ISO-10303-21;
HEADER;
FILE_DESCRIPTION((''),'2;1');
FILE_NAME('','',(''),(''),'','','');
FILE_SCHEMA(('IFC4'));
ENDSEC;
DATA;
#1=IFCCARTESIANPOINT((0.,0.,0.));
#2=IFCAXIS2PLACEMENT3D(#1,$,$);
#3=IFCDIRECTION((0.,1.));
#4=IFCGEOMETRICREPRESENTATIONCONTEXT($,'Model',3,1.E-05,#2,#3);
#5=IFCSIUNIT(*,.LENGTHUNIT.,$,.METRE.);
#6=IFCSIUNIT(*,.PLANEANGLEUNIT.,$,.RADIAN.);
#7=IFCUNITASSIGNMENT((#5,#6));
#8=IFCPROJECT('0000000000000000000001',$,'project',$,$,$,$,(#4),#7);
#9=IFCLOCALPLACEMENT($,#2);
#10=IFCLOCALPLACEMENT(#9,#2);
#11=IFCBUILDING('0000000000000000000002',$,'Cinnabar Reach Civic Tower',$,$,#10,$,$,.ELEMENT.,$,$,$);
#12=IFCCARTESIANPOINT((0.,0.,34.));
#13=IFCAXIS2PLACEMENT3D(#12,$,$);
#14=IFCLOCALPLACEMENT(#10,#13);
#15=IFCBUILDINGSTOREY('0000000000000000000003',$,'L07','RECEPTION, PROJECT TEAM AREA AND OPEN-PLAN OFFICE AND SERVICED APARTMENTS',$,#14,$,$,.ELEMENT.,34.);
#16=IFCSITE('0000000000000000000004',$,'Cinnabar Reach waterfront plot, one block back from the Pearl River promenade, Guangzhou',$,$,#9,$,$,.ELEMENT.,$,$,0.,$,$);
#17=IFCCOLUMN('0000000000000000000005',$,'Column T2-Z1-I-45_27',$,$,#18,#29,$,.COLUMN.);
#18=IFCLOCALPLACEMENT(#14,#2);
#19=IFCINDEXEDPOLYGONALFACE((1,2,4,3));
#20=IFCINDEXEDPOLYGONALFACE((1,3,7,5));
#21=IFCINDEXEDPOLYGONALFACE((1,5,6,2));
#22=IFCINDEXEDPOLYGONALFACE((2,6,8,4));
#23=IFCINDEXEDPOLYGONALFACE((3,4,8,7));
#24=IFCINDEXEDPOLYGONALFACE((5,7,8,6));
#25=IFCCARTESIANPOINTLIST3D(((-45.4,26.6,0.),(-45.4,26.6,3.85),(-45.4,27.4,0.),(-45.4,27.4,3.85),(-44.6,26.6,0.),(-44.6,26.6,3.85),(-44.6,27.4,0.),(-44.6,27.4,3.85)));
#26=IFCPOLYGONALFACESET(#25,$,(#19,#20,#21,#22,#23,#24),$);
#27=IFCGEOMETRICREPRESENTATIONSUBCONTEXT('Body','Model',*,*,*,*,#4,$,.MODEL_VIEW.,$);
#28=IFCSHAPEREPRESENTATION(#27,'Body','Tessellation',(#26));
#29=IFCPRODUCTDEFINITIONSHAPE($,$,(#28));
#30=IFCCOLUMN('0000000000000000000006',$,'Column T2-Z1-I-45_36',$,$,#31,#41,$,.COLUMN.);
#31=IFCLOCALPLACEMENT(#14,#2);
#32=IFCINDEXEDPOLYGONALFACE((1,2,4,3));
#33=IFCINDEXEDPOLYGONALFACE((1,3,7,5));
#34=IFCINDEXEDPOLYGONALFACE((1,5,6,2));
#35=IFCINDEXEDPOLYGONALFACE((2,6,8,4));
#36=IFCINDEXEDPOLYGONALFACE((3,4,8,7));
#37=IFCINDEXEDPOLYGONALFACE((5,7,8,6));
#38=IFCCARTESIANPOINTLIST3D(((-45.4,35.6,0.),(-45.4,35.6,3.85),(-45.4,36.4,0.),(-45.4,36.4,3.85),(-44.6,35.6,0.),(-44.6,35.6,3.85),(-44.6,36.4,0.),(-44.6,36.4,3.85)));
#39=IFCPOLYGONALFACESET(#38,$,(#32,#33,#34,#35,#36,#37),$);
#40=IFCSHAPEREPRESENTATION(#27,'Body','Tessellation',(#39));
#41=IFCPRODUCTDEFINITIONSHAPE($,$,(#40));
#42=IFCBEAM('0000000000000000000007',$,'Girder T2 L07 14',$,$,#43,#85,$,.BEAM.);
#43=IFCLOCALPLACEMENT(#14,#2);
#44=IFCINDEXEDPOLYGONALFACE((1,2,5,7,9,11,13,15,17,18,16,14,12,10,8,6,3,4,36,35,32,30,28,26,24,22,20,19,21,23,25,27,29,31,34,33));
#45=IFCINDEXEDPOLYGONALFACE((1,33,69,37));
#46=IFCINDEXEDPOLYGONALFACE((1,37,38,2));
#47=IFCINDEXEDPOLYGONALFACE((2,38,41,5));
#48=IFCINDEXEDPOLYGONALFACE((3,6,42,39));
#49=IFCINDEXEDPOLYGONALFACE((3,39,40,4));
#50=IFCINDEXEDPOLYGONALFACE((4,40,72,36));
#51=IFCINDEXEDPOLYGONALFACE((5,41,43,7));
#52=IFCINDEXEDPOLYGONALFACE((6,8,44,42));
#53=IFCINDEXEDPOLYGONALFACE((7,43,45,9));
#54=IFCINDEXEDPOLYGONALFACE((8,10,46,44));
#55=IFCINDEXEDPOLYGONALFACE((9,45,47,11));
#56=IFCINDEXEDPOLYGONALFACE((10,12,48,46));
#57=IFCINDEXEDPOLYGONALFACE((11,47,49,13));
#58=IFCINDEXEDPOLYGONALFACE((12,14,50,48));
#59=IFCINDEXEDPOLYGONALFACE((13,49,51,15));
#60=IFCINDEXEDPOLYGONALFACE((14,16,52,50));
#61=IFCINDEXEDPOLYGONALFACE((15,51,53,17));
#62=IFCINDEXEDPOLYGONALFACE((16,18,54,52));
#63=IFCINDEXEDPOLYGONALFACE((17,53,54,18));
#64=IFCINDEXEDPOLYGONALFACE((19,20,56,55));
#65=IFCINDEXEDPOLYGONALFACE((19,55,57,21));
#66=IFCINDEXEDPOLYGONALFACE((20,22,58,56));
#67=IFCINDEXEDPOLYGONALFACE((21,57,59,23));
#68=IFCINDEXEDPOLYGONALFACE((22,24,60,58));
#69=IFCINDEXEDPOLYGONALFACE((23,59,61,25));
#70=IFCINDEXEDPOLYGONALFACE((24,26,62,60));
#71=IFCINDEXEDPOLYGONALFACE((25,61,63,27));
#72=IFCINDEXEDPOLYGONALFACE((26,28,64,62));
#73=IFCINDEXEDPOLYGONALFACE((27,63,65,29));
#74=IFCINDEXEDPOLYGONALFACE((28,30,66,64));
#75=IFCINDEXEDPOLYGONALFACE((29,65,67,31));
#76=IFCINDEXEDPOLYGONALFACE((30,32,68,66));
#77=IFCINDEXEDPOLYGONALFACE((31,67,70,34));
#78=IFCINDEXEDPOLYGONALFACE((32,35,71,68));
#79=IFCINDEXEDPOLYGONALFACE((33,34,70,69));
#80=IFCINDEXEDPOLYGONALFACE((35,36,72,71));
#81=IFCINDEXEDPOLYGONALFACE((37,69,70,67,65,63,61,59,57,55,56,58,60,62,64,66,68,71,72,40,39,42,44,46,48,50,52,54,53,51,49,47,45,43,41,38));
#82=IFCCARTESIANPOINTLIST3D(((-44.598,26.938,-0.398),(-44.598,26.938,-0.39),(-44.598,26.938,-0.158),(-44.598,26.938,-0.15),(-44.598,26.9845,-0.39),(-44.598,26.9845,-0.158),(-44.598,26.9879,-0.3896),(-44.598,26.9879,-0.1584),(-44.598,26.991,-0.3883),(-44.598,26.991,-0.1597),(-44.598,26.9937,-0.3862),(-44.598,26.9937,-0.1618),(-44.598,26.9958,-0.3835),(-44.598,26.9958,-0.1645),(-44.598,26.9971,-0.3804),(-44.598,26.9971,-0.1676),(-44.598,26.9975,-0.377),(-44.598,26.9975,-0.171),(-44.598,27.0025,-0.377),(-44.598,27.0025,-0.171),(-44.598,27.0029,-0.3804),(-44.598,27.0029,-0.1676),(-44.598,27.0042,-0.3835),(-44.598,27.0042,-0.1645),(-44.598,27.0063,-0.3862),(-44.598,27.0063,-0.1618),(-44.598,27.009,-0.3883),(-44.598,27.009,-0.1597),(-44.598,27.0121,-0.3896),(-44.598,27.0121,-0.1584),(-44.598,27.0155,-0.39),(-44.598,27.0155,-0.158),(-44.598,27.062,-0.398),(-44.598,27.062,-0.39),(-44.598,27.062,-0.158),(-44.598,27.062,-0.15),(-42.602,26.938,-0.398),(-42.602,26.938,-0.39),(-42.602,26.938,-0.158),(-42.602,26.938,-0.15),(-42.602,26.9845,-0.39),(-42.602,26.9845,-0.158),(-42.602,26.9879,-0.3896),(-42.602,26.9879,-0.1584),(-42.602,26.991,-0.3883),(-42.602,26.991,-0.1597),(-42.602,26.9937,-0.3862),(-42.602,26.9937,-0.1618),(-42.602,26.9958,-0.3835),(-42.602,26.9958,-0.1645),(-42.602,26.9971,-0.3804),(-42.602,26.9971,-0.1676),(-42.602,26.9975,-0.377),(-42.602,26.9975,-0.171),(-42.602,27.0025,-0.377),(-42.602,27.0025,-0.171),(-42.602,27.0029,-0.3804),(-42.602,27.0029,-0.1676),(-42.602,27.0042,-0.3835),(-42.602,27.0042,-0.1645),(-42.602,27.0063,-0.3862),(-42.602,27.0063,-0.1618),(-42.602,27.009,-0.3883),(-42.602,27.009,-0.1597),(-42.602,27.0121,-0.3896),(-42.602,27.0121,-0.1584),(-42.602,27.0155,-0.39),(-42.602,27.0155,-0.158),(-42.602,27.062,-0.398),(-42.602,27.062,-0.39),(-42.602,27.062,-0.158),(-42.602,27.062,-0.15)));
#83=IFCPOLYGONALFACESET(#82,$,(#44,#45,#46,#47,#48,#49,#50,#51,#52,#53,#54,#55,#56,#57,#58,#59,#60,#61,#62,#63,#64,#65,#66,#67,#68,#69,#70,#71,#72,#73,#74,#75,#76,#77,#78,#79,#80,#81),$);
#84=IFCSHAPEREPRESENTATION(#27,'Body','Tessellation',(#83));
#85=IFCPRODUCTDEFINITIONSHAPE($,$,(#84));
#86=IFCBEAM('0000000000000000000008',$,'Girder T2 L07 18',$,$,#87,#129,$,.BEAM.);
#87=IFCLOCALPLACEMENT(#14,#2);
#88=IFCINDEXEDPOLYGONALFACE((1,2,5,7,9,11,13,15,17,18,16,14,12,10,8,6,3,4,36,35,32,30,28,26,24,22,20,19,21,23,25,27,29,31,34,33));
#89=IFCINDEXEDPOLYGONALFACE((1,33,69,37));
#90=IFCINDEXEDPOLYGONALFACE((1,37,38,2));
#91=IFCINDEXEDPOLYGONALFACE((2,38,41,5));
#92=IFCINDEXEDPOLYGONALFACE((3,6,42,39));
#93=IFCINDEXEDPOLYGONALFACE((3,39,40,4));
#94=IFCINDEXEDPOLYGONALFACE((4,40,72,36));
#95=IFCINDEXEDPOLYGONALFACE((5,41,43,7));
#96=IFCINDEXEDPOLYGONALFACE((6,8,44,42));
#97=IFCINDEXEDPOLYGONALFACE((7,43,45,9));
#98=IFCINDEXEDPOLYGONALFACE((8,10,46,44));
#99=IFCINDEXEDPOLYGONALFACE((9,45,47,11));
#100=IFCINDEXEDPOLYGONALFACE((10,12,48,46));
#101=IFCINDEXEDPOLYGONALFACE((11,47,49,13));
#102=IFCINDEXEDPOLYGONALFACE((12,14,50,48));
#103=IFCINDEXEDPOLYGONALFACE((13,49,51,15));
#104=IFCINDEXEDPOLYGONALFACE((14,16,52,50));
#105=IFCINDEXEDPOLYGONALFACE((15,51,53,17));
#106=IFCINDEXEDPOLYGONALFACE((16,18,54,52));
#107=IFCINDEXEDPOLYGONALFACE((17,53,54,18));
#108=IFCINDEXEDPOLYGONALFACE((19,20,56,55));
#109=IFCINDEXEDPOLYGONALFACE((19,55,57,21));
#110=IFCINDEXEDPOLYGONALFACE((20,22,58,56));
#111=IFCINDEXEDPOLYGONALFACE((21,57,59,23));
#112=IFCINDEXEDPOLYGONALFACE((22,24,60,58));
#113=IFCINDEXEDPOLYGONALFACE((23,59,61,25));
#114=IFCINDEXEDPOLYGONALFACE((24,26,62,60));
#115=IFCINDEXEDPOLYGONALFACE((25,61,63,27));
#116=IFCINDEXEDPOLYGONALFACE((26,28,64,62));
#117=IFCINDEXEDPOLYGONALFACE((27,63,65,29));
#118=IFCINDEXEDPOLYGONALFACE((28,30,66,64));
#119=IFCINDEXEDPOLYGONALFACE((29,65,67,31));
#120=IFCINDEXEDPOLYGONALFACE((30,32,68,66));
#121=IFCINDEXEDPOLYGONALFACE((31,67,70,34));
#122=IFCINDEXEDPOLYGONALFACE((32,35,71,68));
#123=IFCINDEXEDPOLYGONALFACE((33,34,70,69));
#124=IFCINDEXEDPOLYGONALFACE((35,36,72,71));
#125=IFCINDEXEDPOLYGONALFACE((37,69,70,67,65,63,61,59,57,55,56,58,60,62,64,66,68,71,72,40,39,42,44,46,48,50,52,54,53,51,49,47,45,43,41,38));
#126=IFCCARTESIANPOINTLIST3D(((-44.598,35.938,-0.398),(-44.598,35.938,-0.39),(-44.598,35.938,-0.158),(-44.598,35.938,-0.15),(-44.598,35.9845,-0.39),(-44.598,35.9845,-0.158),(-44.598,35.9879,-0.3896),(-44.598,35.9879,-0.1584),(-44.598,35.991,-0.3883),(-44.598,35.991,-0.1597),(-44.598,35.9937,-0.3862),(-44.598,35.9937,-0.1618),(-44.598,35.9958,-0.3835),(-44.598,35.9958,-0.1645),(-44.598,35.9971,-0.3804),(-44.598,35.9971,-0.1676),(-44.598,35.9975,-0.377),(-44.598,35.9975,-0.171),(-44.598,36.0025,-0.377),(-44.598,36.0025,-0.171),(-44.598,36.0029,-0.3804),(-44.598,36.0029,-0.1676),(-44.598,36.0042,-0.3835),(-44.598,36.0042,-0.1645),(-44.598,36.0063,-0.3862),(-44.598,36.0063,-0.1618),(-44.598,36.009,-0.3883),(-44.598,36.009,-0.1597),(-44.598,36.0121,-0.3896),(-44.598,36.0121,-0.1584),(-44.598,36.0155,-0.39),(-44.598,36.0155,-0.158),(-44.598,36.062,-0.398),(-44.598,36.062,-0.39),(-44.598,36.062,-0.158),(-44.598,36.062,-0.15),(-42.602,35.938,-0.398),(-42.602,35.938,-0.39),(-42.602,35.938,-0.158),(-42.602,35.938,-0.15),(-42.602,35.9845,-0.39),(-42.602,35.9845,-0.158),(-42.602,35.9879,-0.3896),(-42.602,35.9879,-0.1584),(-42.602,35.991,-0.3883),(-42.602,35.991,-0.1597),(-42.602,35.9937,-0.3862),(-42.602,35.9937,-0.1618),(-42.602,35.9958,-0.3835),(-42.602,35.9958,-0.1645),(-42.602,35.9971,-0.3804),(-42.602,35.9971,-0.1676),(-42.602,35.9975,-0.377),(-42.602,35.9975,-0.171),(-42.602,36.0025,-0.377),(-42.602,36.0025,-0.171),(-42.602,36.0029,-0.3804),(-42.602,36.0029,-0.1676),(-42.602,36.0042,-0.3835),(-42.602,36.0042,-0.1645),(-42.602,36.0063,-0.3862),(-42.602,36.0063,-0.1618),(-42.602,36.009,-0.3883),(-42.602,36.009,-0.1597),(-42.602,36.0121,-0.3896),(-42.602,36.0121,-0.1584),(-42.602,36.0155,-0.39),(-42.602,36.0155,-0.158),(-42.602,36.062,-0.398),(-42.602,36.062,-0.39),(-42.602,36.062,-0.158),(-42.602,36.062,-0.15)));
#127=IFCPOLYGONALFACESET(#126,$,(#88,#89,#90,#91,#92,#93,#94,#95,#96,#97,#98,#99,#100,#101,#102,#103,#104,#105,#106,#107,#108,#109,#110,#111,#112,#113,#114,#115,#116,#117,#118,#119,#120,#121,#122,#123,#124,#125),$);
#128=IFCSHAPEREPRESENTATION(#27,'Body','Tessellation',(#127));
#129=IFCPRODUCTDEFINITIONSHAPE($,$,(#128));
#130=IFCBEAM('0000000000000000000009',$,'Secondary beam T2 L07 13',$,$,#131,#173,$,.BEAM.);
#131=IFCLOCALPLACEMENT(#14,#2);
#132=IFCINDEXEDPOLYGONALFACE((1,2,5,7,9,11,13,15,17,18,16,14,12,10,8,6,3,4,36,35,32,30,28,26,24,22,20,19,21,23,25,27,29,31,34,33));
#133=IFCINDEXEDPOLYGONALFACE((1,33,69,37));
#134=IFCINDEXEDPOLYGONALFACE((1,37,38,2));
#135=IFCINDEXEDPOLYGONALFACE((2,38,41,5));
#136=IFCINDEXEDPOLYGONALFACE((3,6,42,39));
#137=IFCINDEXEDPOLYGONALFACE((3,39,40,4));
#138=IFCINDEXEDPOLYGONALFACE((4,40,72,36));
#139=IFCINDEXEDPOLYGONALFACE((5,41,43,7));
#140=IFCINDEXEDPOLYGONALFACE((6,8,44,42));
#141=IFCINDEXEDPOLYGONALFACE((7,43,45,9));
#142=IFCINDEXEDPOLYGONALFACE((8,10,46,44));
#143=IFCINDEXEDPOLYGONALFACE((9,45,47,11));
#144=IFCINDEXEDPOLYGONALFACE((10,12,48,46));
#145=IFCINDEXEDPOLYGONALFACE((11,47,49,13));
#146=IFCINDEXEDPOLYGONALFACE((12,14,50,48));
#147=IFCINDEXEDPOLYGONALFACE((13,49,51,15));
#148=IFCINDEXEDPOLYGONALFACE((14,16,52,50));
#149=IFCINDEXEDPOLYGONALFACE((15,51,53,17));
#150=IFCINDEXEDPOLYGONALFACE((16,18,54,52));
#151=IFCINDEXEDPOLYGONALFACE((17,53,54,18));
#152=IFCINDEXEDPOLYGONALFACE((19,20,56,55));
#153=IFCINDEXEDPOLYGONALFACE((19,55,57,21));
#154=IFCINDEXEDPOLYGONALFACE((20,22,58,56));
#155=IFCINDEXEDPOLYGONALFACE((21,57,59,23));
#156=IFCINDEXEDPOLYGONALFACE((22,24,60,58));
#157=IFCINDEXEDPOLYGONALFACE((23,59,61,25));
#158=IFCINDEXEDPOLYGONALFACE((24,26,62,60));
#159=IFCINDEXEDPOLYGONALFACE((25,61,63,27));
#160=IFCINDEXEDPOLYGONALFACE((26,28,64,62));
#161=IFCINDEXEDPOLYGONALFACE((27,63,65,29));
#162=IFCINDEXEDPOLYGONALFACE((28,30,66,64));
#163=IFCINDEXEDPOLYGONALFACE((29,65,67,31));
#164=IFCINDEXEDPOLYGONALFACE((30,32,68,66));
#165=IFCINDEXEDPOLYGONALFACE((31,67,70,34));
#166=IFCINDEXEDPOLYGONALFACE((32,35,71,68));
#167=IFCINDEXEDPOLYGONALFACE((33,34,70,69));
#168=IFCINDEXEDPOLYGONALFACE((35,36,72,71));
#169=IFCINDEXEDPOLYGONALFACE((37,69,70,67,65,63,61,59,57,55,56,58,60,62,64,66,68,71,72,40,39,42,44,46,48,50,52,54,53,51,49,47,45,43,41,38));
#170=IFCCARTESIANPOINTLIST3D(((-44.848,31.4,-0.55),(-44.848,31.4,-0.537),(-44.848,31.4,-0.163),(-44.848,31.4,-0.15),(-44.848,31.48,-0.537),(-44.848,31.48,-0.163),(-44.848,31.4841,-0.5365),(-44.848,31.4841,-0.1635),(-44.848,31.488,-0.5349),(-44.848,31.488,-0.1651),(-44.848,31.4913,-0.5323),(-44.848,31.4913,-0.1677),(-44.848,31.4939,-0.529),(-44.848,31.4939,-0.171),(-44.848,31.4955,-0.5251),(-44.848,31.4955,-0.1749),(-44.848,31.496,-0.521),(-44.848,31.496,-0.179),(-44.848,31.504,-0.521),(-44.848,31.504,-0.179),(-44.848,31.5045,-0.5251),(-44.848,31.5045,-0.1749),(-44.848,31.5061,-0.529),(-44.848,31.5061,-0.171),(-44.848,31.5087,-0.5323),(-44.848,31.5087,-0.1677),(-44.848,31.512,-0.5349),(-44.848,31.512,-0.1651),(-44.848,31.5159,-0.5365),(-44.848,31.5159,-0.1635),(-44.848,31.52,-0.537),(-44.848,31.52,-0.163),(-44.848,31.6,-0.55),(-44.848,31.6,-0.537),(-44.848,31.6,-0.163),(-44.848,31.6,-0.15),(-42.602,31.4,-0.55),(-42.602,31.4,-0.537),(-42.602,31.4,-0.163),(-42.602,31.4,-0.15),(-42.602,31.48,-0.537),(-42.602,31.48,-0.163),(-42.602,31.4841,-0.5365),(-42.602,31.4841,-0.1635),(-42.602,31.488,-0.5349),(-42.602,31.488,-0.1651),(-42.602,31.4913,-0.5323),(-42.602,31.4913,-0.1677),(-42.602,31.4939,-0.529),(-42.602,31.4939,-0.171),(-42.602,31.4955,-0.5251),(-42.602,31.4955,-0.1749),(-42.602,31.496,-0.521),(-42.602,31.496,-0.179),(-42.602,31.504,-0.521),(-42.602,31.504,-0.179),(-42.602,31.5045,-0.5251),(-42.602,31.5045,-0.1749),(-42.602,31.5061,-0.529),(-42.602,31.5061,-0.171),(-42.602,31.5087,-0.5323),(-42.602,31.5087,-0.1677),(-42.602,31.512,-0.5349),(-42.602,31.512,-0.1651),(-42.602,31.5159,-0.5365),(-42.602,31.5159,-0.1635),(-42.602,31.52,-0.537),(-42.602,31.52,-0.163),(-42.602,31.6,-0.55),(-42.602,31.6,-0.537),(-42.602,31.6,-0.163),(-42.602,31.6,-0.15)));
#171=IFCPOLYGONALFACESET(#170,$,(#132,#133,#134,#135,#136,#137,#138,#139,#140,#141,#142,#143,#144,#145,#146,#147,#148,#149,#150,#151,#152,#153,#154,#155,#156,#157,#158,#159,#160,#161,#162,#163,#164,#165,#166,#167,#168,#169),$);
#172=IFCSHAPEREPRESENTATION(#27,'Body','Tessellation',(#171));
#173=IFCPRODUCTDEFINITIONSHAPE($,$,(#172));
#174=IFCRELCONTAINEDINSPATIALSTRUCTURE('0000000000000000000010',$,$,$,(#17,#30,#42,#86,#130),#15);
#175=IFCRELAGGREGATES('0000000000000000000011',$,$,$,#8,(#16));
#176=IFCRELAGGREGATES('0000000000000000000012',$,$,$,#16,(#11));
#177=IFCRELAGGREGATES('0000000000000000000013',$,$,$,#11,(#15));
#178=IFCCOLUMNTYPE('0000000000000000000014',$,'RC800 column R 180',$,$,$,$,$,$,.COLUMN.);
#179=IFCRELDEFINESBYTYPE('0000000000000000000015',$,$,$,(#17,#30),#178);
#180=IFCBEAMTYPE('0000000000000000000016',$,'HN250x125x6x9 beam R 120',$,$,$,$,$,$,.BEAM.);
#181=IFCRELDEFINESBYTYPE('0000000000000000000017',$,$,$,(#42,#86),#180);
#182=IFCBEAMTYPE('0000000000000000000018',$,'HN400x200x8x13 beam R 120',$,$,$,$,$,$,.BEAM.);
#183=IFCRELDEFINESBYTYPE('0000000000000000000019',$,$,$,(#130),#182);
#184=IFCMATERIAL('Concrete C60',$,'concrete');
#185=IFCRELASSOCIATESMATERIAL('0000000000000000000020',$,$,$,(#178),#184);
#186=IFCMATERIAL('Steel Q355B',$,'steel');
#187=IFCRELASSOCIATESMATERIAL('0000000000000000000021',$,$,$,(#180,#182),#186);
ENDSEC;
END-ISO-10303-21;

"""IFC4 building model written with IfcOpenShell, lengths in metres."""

from ifc_helpers import new_model, si_unit, direction, frame, origin, origin_2d, place, context, subcontext, project, spatial, rectangle, i_section, extrude, material, material_profile, profile_set, type_object, element, save


model = new_model("IFC4")

# Units and contexts
model_context = context("Model", 3, precision=1e-05, world=origin(), true_north=direction((0.0, 1.0)))
body_context = subcontext(model_context, "Body", "Model", "MODEL_VIEW")
ifc_project = project(units=[si_unit("LENGTHUNIT", "METRE"), si_unit("PLANEANGLEUNIT", "RADIAN")], contexts=[model_context])

# Site, building, storey
site_placement = place(None, origin())
site = spatial("IfcSite", under=ifc_project, at=site_placement, Name="Cinnabar Reach waterfront plot, one block back from the Pearl River promenade, Guangzhou", CompositionType="ELEMENT", RefElevation=0.0)
building_placement = place(site_placement, origin())
building = spatial("IfcBuilding", under=site, at=building_placement, Name="Cinnabar Reach Civic Tower", CompositionType="ELEMENT")
storey_placement = place(building_placement, frame((0.0, 0.0, 34.0)))
storey = spatial("IfcBuildingStorey", under=building, at=storey_placement, Name="L07", Description="RECEPTION, PROJECT TEAM AREA AND OPEN-PLAN OFFICE AND SERVICED APARTMENTS", CompositionType="ELEMENT", Elevation=34.0)

# Columns
ifc_material_1 = material(Name="Concrete C60", Category="concrete")
ifc_material_profile_1 = material_profile(ifc_material_1, rectangle(XDim=0.8, YDim=0.8, at=origin_2d()), Name="RC800")
ifc_profile_set_1 = profile_set([ifc_material_profile_1], Name="Concrete C60")
column_type = type_object("IfcColumnType", Name="RC800 column R 180", PredefinedType="COLUMN", material=ifc_profile_set_1)
for number, where, z_axis, x_axis, name in (
    (1, (-45.0, 27.0, 0.0), (0.0, 0.0, 1.0), (1.0, 0.0, 0.0), "Column T2-Z1-I-45_27"),
    (2, (-45.0, 36.0, 0.0), (0.0, 0.0, 1.0), (1.0, 0.0, 0.0), "Column T2-Z1-I-45_36"),
):
    element("IfcColumn", number, at=place(storey_placement, frame(where, z_axis=z_axis, x_axis=x_axis)), inside=storey, type_object=column_type, Name=name, PredefinedType="COLUMN", context=body_context, shape_type="SweptSolid", body=[
        extrude(rectangle(XDim=0.8, YDim=0.8, at=origin_2d()), origin(), (0.0, 0.0, 1.0), 3.85),
    ])

# Beams
ifc_material_2 = material(Name="Steel Q355B", Category="steel")
ifc_material_profile_2 = material_profile(ifc_material_2, i_section(OverallWidth=0.124, OverallDepth=0.248, WebThickness=0.005, FlangeThickness=0.008, FilletRadius=0.013, at=origin_2d()), Name="HN250x125x6x9")
ifc_profile_set_2 = profile_set([ifc_material_profile_2], Name="Steel Q355B")
beam_type_1 = type_object("IfcBeamType", Name="HN250x125x6x9 beam R 120", PredefinedType="BEAM", material=ifc_profile_set_2)
for number, where, z_axis, x_axis, name in (
    (3, (-44.598, 27.0, -0.274), (1.0, 0.0, 0.0), (0.0, 1.0, 0.0), "Girder T2 L07 14"),
    (4, (-44.598, 36.0, -0.274), (1.0, 0.0, 0.0), (0.0, 1.0, 0.0), "Girder T2 L07 18"),
):
    element("IfcBeam", number, at=place(storey_placement, frame(where, z_axis=z_axis, x_axis=x_axis)), inside=storey, type_object=beam_type_1, Name=name, PredefinedType="BEAM", context=body_context, shape_type="SweptSolid", body=[
        extrude(i_section(OverallWidth=0.124, OverallDepth=0.248, WebThickness=0.005, FlangeThickness=0.008, FilletRadius=0.013, at=origin_2d()), origin(), (0.0, 0.0, 1.0), 1.996),
    ])
ifc_material_profile_3 = material_profile(ifc_material_2, i_section(OverallWidth=0.2, OverallDepth=0.4, WebThickness=0.008, FlangeThickness=0.013, FilletRadius=0.016, at=origin_2d()), Name="HN400x200x8x13")
ifc_profile_set_3 = profile_set([ifc_material_profile_3], Name="Steel Q355B")
beam_type_2 = type_object("IfcBeamType", Name="HN400x200x8x13 beam R 120", PredefinedType="BEAM", material=ifc_profile_set_3)
beam_1_placement = place(storey_placement, frame((-44.848, 31.5, -0.35), z_axis=(1.0, 0.0, 0.0), x_axis=(0.0, 1.0, 0.0)))
element("IfcBeam", 5, at=beam_1_placement, inside=storey, type_object=beam_type_2, Name="Secondary beam T2 L07 13", PredefinedType="BEAM", context=body_context, shape_type="SweptSolid", body=[
    extrude(i_section(OverallWidth=0.2, OverallDepth=0.4, WebThickness=0.008, FlangeThickness=0.013, FilletRadius=0.016, at=origin_2d()), origin(), (0.0, 0.0, 1.0), 2.246),
])

save(model, "model.ifc")
